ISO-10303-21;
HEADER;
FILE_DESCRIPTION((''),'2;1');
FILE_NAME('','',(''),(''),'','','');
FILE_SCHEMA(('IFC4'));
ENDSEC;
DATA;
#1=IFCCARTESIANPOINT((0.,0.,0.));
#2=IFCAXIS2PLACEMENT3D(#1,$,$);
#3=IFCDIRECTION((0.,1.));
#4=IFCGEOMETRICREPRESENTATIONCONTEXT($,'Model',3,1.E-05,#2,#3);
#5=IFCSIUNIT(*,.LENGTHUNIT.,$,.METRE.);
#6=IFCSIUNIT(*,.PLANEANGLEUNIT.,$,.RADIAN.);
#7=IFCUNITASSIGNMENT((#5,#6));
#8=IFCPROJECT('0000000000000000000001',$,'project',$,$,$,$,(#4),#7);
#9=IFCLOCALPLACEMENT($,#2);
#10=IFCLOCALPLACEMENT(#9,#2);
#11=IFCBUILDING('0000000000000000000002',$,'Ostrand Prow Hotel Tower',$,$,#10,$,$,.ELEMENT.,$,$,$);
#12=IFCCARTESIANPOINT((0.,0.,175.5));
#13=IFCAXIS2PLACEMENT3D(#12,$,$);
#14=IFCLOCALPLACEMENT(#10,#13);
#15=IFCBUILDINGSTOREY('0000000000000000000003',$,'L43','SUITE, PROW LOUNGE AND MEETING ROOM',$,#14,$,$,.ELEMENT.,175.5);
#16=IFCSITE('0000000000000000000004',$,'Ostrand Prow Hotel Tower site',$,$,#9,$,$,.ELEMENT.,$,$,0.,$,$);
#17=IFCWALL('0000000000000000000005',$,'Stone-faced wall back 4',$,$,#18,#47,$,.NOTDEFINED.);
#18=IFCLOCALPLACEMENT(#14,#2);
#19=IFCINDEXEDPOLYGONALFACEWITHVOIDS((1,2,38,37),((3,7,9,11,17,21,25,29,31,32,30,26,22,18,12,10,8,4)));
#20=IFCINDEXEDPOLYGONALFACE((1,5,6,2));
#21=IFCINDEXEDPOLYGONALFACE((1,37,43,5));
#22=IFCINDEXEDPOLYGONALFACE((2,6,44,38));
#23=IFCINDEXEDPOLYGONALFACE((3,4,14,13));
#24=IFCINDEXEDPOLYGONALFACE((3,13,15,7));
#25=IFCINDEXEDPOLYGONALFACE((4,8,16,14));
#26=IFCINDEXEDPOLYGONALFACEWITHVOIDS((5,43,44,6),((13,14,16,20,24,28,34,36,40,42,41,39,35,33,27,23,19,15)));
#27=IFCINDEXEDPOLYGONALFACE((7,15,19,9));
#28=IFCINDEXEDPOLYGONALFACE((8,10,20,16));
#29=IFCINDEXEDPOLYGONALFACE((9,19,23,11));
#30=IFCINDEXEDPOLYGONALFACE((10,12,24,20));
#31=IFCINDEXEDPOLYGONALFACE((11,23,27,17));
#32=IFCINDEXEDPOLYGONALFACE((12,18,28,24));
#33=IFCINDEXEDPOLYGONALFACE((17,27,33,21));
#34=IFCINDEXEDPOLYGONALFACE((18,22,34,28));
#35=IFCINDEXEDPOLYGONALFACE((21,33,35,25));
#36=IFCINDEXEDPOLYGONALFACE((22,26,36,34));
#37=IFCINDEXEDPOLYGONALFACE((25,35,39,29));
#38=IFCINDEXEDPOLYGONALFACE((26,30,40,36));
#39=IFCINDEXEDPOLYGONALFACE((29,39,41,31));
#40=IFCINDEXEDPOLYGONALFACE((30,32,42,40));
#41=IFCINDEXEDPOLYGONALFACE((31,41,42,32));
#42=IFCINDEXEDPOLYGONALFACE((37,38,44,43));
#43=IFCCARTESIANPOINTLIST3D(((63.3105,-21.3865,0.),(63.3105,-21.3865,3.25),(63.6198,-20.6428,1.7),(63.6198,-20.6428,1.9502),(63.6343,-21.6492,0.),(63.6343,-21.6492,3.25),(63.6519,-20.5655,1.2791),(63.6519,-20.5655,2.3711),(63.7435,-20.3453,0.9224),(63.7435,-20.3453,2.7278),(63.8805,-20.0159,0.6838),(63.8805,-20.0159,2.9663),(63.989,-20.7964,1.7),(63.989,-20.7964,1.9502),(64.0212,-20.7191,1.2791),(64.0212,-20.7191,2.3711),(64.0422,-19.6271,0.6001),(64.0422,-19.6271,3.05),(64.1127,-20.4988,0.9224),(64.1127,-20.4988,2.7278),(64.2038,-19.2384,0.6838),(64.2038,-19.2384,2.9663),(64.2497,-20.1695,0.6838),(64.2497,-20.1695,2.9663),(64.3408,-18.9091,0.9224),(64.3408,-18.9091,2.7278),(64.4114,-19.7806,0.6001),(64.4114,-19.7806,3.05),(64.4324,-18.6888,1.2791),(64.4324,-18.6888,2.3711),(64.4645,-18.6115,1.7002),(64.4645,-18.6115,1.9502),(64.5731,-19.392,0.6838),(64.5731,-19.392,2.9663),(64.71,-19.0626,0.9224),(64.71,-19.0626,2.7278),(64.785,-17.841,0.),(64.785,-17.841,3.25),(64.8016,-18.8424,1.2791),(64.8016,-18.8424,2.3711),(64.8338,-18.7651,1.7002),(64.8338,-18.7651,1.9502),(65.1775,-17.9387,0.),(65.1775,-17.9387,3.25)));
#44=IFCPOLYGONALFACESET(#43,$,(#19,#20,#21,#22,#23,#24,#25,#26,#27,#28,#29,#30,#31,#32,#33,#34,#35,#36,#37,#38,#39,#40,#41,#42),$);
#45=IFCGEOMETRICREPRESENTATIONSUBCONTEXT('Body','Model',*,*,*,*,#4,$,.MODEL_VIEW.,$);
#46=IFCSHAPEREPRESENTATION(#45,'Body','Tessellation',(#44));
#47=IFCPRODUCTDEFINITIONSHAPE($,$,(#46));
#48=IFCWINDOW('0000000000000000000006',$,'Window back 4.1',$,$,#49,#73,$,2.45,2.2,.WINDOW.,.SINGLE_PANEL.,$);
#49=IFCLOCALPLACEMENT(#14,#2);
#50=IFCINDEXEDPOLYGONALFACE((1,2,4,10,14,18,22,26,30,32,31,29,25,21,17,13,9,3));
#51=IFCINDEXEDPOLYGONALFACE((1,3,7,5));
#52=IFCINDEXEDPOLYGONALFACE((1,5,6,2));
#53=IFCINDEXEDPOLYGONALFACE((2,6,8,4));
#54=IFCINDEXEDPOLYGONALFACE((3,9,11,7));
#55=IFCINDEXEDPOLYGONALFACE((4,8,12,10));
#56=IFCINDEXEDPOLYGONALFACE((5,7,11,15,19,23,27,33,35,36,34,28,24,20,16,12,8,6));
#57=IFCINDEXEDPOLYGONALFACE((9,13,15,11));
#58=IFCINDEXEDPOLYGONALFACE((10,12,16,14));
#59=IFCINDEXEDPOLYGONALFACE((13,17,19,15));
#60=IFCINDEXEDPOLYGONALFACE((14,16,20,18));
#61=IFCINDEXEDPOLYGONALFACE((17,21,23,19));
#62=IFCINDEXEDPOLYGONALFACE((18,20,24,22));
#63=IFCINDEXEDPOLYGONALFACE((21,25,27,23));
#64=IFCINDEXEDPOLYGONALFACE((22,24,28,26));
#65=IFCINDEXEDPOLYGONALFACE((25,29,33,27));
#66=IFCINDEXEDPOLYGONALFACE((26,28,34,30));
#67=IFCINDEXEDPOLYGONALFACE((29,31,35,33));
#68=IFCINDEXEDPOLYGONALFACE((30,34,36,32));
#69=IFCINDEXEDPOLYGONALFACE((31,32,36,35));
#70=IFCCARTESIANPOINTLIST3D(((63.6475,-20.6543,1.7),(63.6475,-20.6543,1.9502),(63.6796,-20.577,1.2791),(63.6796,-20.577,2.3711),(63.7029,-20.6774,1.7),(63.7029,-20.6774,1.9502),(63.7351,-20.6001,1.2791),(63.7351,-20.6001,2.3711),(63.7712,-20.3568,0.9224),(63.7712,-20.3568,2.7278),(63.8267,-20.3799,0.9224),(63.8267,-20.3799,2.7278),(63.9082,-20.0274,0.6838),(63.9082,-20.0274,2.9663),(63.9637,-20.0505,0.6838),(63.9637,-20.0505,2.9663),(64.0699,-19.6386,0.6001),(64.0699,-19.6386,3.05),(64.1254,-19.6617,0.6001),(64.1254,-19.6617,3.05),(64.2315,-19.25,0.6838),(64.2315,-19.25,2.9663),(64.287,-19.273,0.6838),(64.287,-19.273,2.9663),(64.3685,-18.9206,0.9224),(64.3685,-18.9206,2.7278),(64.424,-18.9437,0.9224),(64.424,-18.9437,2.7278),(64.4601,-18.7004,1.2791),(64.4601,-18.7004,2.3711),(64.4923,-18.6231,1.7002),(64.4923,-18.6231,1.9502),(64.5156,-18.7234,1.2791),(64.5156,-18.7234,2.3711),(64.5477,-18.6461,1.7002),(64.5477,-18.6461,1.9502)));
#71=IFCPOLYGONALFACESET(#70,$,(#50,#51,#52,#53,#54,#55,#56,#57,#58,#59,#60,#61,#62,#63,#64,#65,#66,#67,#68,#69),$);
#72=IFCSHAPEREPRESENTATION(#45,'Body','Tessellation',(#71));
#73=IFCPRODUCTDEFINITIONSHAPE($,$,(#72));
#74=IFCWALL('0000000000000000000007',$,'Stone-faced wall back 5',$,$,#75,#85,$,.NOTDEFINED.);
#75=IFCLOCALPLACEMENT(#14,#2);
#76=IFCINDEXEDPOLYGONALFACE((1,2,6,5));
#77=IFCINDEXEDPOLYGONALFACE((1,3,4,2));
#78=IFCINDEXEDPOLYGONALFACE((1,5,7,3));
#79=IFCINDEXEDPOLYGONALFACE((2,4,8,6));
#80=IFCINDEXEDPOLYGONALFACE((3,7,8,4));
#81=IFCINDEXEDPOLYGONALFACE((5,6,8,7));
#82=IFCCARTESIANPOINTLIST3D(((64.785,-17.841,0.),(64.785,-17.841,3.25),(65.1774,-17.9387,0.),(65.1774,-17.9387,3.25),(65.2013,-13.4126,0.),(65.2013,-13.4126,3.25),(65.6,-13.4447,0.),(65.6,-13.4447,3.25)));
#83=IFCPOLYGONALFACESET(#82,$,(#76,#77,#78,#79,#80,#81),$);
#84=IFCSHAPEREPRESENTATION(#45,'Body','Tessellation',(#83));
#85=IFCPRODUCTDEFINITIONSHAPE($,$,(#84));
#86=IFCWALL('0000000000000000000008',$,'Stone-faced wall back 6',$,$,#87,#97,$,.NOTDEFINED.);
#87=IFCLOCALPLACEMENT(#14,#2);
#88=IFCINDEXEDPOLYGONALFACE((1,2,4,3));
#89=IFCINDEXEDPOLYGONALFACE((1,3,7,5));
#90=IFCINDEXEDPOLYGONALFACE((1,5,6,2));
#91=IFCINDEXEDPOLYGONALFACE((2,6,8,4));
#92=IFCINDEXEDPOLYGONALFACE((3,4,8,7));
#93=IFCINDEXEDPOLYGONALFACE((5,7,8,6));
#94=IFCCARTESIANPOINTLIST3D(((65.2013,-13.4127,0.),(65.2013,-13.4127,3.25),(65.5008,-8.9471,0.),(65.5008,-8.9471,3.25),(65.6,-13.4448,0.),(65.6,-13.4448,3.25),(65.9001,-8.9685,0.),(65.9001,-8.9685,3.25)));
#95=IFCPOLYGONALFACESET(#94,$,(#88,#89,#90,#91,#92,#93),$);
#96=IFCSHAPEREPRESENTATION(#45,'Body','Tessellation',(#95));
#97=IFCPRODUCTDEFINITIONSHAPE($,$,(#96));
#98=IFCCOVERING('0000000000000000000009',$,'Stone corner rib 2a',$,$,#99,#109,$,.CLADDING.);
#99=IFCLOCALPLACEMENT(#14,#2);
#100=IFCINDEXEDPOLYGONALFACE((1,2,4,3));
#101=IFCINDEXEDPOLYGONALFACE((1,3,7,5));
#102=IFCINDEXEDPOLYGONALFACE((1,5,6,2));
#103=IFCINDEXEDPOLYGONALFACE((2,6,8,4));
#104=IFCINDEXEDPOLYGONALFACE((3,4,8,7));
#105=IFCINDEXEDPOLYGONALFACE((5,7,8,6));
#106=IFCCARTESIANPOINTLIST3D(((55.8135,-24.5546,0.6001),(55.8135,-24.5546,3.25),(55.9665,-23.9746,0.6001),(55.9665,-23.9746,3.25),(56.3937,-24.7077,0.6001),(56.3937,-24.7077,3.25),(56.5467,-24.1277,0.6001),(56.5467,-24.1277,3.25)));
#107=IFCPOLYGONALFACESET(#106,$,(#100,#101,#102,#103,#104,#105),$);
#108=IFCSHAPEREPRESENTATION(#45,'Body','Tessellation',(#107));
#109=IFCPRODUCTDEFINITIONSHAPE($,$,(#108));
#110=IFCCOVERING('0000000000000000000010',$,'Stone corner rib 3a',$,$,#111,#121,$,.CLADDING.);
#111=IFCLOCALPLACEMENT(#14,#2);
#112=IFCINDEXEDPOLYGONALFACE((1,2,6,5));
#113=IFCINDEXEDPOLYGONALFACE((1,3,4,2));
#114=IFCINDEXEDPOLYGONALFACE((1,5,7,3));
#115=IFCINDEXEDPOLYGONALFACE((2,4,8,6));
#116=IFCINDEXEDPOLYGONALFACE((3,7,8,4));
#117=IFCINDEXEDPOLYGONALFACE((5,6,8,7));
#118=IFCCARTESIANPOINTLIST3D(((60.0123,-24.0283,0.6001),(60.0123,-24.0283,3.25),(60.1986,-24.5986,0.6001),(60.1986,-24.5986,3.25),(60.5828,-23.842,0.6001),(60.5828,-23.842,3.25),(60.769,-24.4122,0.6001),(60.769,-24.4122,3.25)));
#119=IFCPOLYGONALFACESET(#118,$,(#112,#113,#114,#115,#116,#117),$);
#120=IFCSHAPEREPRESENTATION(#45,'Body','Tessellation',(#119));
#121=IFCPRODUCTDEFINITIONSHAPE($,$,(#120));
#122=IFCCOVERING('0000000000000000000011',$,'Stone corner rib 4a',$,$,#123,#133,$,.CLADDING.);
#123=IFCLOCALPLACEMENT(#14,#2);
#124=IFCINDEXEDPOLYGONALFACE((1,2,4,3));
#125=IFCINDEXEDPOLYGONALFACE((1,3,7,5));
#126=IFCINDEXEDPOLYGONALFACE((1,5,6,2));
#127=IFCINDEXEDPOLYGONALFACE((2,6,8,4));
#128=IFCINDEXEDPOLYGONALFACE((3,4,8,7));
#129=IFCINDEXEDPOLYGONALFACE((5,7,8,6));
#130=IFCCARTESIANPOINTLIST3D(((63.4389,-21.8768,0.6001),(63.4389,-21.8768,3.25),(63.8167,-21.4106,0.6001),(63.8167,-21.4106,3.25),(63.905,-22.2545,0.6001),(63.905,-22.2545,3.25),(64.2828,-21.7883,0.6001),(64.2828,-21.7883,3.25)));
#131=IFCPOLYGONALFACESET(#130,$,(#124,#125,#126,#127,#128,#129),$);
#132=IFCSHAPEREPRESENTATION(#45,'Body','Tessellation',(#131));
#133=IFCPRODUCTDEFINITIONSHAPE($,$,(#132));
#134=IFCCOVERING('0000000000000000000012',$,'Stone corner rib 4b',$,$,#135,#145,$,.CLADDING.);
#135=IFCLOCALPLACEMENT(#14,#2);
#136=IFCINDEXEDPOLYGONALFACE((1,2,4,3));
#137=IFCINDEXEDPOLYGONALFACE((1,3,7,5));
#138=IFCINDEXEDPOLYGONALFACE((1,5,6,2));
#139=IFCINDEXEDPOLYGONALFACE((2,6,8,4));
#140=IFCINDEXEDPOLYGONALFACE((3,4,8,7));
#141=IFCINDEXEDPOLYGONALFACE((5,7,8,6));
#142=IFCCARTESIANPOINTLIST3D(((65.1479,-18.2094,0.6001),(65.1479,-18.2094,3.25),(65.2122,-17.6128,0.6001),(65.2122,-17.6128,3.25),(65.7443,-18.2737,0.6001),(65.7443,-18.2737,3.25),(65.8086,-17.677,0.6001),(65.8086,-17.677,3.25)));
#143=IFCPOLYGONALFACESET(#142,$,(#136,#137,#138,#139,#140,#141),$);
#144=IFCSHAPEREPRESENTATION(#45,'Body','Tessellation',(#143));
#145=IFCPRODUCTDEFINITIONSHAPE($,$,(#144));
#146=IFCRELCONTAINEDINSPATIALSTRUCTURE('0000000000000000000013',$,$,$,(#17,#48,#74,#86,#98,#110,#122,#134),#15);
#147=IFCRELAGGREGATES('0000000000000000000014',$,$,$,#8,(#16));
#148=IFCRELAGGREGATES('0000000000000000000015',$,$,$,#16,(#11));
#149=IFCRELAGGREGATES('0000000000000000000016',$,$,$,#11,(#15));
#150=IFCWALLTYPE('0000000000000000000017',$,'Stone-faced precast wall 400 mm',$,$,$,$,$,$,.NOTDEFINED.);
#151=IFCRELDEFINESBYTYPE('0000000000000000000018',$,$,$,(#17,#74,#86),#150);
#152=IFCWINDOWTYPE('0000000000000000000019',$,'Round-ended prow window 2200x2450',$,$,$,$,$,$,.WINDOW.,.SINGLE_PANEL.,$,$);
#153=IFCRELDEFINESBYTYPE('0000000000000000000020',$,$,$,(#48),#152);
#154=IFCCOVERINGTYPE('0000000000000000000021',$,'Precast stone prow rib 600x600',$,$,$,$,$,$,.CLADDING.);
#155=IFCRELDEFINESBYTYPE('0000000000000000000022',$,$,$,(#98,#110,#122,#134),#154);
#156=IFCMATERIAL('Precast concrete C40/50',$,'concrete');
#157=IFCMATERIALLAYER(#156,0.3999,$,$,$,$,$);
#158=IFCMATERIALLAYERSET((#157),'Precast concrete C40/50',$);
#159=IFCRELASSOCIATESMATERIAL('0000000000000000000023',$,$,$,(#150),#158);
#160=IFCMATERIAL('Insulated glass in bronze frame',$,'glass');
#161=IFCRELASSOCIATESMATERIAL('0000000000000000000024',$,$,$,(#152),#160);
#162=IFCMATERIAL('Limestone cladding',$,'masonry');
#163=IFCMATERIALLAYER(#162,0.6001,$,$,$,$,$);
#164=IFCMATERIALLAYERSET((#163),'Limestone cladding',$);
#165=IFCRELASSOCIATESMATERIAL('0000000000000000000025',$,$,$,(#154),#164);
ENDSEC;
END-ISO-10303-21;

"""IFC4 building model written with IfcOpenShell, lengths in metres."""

from ifc_helpers import new_model, si_unit, direction, frame, frame_2d, origin, place, context, subcontext, project, spatial, polyline, rectangle, outline, extrude, material, layer, layer_set, type_object, element, fill, save


model = new_model("IFC4")

# Units and contexts
model_context = context("Model", 3, precision=1e-05, world=origin(), true_north=direction((0.0, 1.0)))
body_context = subcontext(model_context, "Body", "Model", "MODEL_VIEW")
ifc_project = project(units=[si_unit("LENGTHUNIT", "METRE"), si_unit("PLANEANGLEUNIT", "RADIAN")], contexts=[model_context])

# Site, building, storey
site_placement = place(None, origin())
site = spatial("IfcSite", under=ifc_project, at=site_placement, Name="Ostrand Prow Hotel Tower site", CompositionType="ELEMENT", RefElevation=0.0)
building_placement = place(site_placement, origin())
building = spatial("IfcBuilding", under=site, at=building_placement, Name="Ostrand Prow Hotel Tower", CompositionType="ELEMENT")
storey_placement = place(building_placement, frame((0.0, 0.0, 175.5)))
storey = spatial("IfcBuildingStorey", under=building, at=storey_placement, Name="L43", Description="SUITE, PROW LOUNGE AND MEETING ROOM", CompositionType="ELEMENT", Elevation=175.5)

# Wall, opening, window
ifc_material_1 = material(Name="Precast concrete C40/50", Category="concrete")
ifc_layer_1 = layer(ifc_material_1, 0.3999)
ifc_layer_set_1 = layer_set([ifc_layer_1], Name="Precast concrete C40/50")
wall_type_1 = type_object("IfcWallType", Name="Stone-faced precast wall 400 mm", PredefinedType="NOTDEFINED", material=ifc_layer_set_1)
ifc_material_2 = material(Name="Insulated glass in bronze frame", Category="glass")
window_type = type_object("IfcWindowType", Name="Round-ended prow window 2200x2450", PartitioningType="SINGLE_PANEL", PredefinedType="WINDOW", material=ifc_material_2)
wall_1_placement = place(storey_placement, frame((63.4724, -21.5178, 0.0), z_axis=(0.0, 0.0, 1.0), x_axis=(0.383998, 0.923334, 0.0)))
wall_1 = element("IfcWall", 1, at=wall_1_placement, inside=storey, type_object=wall_type_1, Name="Stone-faced wall back 4", PredefinedType="NOTDEFINED", context=body_context, shape_type="SweptSolid", body=[
    extrude(outline(polyline([(-0.0591, -0.2), (3.9595, -0.2), (3.8989, 0.2), (0.0591, 0.2), (-0.0591, -0.2)])), origin(), (0.0, 0.0, 1.0), 3.25),
])
opening_1_placement = place(wall_1_placement, frame((0.8645, 0.0, 0.6001)))
opening_1 = element("IfcOpeningElement", 2, at=opening_1_placement, cuts=wall_1, PredefinedType="OPENING", context=body_context, shape_type="SweptSolid", body=[
    extrude(outline(polyline([(0.0, 1.3501), (0.0837, 1.771), (0.3223, 2.1277), (0.679, 2.3662), (1.1001, 2.45), (1.521, 2.3662), (1.8777, 2.1277), (2.1162, 1.771), (2.2, 1.3501), (2.2, 1.1001), (2.1162, 0.679), (1.8777, 0.3223), (1.521, 0.0837), (1.1001, 0.0), (0.679, 0.0837), (0.3223, 0.3223), (0.0837, 0.679), (0.0, 1.0999), (0.0, 1.3501)])), frame((0.0, 0.21, 0.0), z_axis=(0.0, -1.0, 0.0), x_axis=(1.0, 0.0, 0.0)), (0.0, 0.0, 1.0), 0.4199),
])
window_1_placement = place(opening_1_placement, origin())
window_1 = element("IfcWindow", 3, at=window_1_placement, inside=storey, type_object=window_type, Name="Window back 4.1", OverallHeight=2.45, OverallWidth=2.2, PartitioningType="SINGLE_PANEL", PredefinedType="WINDOW", context=body_context, shape_type="SweptSolid", body=[
    extrude(outline(polyline([(0.0, 1.3501), (0.0837, 1.771), (0.3223, 2.1277), (0.679, 2.3662), (1.1001, 2.45), (1.521, 2.3662), (1.8777, 2.1277), (2.1162, 1.771), (2.2, 1.3501), (2.2, 1.1001), (2.1162, 0.679), (1.8777, 0.3223), (1.521, 0.0837), (1.1001, 0.0), (0.679, 0.0837), (0.3223, 0.3223), (0.0837, 0.679), (0.0, 1.0999), (0.0, 1.3501)])), frame((0.0, 0.1699, 0.0), z_axis=(0.0, -1.0, 0.0), x_axis=(1.0, 0.0, 0.0)), (0.0, 0.0, 1.0), 0.0601),
])
fill(opening_1, window_1)

# Walls
wall_2_placement = place(storey_placement, frame((64.9812, -17.8899, 0.0), z_axis=(0.0, 0.0, 1.0), x_axis=(0.093606, 0.995609, 0.0)))
element("IfcWall", 4, at=wall_2_placement, inside=storey, type_object=wall_type_1, Name="Stone-faced wall back 5", PredefinedType="NOTDEFINED", context=body_context, shape_type="SweptSolid", body=[
    extrude(outline(polyline([(-0.0303, -0.2), (4.4836, -0.2), (4.4783, 0.2), (0.0303, 0.2), (-0.0303, -0.2)])), origin(), (0.0, 0.0, 1.0), 3.25),
])
wall_3_placement = place(storey_placement, frame((65.4006, -13.4287, 0.0), z_axis=(0.0, 0.0, 1.0), x_axis=(0.066906, 0.997759, 0.0)))
element("IfcWall", 5, at=wall_3_placement, inside=storey, type_object=wall_type_1, Name="Stone-faced wall back 6", PredefinedType="NOTDEFINED", context=body_context, shape_type="SweptSolid", body=[
    extrude(outline(polyline([(-0.0027, -0.2), (4.4836, -0.2), (4.4783, 0.2), (0.0027, 0.2), (-0.0027, -0.2)])), origin(), (0.0, 0.0, 1.0), 3.25),
])

# Coverings
ifc_material_3 = material(Name="Limestone cladding", Category="masonry")
ifc_layer_2 = layer(ifc_material_3, 0.6001)
ifc_layer_set_2 = layer_set([ifc_layer_2], Name="Limestone cladding")
covering_type = type_object("IfcCoveringType", Name="Precast stone prow rib 600x600", PredefinedType="CLADDING", material=ifc_layer_set_2)
for number, where, z_axis, x_axis, name in (
    (6, (56.2566, -24.0513, 0.6001), (0.0, 0.0, 1.0), (-0.255154, -0.9669, 0.0), "Stone corner rib 2a"),
    (7, (60.2976, -23.9353, 0.6001), (0.0, 0.0, 1.0), (0.310484, -0.950578, 0.0), "Stone corner rib 3a"),
    (8, (63.6279, -21.6438, 0.6001), (0.0, 0.0, 1.0), (0.776923, -0.629596, 0.0), "Stone corner rib 4a"),
    (9, (65.1802, -17.9111, 0.6001), (0.0, 0.0, 1.0), (0.994255, -0.107036, 0.0), "Stone corner rib 4b"),
):
    element("IfcCovering", number, at=place(storey_placement, frame(where, z_axis=z_axis, x_axis=x_axis)), inside=storey, type_object=covering_type, Name=name, PredefinedType="CLADDING", context=body_context, shape_type="SweptSolid", body=[
        extrude(rectangle(XDim=0.5999, YDim=0.6001, at=frame_2d((0.2998, 0.0))), origin(), (0.0, 0.0, 1.0), 2.6499),
    ])

save(model, "model.ifc")
